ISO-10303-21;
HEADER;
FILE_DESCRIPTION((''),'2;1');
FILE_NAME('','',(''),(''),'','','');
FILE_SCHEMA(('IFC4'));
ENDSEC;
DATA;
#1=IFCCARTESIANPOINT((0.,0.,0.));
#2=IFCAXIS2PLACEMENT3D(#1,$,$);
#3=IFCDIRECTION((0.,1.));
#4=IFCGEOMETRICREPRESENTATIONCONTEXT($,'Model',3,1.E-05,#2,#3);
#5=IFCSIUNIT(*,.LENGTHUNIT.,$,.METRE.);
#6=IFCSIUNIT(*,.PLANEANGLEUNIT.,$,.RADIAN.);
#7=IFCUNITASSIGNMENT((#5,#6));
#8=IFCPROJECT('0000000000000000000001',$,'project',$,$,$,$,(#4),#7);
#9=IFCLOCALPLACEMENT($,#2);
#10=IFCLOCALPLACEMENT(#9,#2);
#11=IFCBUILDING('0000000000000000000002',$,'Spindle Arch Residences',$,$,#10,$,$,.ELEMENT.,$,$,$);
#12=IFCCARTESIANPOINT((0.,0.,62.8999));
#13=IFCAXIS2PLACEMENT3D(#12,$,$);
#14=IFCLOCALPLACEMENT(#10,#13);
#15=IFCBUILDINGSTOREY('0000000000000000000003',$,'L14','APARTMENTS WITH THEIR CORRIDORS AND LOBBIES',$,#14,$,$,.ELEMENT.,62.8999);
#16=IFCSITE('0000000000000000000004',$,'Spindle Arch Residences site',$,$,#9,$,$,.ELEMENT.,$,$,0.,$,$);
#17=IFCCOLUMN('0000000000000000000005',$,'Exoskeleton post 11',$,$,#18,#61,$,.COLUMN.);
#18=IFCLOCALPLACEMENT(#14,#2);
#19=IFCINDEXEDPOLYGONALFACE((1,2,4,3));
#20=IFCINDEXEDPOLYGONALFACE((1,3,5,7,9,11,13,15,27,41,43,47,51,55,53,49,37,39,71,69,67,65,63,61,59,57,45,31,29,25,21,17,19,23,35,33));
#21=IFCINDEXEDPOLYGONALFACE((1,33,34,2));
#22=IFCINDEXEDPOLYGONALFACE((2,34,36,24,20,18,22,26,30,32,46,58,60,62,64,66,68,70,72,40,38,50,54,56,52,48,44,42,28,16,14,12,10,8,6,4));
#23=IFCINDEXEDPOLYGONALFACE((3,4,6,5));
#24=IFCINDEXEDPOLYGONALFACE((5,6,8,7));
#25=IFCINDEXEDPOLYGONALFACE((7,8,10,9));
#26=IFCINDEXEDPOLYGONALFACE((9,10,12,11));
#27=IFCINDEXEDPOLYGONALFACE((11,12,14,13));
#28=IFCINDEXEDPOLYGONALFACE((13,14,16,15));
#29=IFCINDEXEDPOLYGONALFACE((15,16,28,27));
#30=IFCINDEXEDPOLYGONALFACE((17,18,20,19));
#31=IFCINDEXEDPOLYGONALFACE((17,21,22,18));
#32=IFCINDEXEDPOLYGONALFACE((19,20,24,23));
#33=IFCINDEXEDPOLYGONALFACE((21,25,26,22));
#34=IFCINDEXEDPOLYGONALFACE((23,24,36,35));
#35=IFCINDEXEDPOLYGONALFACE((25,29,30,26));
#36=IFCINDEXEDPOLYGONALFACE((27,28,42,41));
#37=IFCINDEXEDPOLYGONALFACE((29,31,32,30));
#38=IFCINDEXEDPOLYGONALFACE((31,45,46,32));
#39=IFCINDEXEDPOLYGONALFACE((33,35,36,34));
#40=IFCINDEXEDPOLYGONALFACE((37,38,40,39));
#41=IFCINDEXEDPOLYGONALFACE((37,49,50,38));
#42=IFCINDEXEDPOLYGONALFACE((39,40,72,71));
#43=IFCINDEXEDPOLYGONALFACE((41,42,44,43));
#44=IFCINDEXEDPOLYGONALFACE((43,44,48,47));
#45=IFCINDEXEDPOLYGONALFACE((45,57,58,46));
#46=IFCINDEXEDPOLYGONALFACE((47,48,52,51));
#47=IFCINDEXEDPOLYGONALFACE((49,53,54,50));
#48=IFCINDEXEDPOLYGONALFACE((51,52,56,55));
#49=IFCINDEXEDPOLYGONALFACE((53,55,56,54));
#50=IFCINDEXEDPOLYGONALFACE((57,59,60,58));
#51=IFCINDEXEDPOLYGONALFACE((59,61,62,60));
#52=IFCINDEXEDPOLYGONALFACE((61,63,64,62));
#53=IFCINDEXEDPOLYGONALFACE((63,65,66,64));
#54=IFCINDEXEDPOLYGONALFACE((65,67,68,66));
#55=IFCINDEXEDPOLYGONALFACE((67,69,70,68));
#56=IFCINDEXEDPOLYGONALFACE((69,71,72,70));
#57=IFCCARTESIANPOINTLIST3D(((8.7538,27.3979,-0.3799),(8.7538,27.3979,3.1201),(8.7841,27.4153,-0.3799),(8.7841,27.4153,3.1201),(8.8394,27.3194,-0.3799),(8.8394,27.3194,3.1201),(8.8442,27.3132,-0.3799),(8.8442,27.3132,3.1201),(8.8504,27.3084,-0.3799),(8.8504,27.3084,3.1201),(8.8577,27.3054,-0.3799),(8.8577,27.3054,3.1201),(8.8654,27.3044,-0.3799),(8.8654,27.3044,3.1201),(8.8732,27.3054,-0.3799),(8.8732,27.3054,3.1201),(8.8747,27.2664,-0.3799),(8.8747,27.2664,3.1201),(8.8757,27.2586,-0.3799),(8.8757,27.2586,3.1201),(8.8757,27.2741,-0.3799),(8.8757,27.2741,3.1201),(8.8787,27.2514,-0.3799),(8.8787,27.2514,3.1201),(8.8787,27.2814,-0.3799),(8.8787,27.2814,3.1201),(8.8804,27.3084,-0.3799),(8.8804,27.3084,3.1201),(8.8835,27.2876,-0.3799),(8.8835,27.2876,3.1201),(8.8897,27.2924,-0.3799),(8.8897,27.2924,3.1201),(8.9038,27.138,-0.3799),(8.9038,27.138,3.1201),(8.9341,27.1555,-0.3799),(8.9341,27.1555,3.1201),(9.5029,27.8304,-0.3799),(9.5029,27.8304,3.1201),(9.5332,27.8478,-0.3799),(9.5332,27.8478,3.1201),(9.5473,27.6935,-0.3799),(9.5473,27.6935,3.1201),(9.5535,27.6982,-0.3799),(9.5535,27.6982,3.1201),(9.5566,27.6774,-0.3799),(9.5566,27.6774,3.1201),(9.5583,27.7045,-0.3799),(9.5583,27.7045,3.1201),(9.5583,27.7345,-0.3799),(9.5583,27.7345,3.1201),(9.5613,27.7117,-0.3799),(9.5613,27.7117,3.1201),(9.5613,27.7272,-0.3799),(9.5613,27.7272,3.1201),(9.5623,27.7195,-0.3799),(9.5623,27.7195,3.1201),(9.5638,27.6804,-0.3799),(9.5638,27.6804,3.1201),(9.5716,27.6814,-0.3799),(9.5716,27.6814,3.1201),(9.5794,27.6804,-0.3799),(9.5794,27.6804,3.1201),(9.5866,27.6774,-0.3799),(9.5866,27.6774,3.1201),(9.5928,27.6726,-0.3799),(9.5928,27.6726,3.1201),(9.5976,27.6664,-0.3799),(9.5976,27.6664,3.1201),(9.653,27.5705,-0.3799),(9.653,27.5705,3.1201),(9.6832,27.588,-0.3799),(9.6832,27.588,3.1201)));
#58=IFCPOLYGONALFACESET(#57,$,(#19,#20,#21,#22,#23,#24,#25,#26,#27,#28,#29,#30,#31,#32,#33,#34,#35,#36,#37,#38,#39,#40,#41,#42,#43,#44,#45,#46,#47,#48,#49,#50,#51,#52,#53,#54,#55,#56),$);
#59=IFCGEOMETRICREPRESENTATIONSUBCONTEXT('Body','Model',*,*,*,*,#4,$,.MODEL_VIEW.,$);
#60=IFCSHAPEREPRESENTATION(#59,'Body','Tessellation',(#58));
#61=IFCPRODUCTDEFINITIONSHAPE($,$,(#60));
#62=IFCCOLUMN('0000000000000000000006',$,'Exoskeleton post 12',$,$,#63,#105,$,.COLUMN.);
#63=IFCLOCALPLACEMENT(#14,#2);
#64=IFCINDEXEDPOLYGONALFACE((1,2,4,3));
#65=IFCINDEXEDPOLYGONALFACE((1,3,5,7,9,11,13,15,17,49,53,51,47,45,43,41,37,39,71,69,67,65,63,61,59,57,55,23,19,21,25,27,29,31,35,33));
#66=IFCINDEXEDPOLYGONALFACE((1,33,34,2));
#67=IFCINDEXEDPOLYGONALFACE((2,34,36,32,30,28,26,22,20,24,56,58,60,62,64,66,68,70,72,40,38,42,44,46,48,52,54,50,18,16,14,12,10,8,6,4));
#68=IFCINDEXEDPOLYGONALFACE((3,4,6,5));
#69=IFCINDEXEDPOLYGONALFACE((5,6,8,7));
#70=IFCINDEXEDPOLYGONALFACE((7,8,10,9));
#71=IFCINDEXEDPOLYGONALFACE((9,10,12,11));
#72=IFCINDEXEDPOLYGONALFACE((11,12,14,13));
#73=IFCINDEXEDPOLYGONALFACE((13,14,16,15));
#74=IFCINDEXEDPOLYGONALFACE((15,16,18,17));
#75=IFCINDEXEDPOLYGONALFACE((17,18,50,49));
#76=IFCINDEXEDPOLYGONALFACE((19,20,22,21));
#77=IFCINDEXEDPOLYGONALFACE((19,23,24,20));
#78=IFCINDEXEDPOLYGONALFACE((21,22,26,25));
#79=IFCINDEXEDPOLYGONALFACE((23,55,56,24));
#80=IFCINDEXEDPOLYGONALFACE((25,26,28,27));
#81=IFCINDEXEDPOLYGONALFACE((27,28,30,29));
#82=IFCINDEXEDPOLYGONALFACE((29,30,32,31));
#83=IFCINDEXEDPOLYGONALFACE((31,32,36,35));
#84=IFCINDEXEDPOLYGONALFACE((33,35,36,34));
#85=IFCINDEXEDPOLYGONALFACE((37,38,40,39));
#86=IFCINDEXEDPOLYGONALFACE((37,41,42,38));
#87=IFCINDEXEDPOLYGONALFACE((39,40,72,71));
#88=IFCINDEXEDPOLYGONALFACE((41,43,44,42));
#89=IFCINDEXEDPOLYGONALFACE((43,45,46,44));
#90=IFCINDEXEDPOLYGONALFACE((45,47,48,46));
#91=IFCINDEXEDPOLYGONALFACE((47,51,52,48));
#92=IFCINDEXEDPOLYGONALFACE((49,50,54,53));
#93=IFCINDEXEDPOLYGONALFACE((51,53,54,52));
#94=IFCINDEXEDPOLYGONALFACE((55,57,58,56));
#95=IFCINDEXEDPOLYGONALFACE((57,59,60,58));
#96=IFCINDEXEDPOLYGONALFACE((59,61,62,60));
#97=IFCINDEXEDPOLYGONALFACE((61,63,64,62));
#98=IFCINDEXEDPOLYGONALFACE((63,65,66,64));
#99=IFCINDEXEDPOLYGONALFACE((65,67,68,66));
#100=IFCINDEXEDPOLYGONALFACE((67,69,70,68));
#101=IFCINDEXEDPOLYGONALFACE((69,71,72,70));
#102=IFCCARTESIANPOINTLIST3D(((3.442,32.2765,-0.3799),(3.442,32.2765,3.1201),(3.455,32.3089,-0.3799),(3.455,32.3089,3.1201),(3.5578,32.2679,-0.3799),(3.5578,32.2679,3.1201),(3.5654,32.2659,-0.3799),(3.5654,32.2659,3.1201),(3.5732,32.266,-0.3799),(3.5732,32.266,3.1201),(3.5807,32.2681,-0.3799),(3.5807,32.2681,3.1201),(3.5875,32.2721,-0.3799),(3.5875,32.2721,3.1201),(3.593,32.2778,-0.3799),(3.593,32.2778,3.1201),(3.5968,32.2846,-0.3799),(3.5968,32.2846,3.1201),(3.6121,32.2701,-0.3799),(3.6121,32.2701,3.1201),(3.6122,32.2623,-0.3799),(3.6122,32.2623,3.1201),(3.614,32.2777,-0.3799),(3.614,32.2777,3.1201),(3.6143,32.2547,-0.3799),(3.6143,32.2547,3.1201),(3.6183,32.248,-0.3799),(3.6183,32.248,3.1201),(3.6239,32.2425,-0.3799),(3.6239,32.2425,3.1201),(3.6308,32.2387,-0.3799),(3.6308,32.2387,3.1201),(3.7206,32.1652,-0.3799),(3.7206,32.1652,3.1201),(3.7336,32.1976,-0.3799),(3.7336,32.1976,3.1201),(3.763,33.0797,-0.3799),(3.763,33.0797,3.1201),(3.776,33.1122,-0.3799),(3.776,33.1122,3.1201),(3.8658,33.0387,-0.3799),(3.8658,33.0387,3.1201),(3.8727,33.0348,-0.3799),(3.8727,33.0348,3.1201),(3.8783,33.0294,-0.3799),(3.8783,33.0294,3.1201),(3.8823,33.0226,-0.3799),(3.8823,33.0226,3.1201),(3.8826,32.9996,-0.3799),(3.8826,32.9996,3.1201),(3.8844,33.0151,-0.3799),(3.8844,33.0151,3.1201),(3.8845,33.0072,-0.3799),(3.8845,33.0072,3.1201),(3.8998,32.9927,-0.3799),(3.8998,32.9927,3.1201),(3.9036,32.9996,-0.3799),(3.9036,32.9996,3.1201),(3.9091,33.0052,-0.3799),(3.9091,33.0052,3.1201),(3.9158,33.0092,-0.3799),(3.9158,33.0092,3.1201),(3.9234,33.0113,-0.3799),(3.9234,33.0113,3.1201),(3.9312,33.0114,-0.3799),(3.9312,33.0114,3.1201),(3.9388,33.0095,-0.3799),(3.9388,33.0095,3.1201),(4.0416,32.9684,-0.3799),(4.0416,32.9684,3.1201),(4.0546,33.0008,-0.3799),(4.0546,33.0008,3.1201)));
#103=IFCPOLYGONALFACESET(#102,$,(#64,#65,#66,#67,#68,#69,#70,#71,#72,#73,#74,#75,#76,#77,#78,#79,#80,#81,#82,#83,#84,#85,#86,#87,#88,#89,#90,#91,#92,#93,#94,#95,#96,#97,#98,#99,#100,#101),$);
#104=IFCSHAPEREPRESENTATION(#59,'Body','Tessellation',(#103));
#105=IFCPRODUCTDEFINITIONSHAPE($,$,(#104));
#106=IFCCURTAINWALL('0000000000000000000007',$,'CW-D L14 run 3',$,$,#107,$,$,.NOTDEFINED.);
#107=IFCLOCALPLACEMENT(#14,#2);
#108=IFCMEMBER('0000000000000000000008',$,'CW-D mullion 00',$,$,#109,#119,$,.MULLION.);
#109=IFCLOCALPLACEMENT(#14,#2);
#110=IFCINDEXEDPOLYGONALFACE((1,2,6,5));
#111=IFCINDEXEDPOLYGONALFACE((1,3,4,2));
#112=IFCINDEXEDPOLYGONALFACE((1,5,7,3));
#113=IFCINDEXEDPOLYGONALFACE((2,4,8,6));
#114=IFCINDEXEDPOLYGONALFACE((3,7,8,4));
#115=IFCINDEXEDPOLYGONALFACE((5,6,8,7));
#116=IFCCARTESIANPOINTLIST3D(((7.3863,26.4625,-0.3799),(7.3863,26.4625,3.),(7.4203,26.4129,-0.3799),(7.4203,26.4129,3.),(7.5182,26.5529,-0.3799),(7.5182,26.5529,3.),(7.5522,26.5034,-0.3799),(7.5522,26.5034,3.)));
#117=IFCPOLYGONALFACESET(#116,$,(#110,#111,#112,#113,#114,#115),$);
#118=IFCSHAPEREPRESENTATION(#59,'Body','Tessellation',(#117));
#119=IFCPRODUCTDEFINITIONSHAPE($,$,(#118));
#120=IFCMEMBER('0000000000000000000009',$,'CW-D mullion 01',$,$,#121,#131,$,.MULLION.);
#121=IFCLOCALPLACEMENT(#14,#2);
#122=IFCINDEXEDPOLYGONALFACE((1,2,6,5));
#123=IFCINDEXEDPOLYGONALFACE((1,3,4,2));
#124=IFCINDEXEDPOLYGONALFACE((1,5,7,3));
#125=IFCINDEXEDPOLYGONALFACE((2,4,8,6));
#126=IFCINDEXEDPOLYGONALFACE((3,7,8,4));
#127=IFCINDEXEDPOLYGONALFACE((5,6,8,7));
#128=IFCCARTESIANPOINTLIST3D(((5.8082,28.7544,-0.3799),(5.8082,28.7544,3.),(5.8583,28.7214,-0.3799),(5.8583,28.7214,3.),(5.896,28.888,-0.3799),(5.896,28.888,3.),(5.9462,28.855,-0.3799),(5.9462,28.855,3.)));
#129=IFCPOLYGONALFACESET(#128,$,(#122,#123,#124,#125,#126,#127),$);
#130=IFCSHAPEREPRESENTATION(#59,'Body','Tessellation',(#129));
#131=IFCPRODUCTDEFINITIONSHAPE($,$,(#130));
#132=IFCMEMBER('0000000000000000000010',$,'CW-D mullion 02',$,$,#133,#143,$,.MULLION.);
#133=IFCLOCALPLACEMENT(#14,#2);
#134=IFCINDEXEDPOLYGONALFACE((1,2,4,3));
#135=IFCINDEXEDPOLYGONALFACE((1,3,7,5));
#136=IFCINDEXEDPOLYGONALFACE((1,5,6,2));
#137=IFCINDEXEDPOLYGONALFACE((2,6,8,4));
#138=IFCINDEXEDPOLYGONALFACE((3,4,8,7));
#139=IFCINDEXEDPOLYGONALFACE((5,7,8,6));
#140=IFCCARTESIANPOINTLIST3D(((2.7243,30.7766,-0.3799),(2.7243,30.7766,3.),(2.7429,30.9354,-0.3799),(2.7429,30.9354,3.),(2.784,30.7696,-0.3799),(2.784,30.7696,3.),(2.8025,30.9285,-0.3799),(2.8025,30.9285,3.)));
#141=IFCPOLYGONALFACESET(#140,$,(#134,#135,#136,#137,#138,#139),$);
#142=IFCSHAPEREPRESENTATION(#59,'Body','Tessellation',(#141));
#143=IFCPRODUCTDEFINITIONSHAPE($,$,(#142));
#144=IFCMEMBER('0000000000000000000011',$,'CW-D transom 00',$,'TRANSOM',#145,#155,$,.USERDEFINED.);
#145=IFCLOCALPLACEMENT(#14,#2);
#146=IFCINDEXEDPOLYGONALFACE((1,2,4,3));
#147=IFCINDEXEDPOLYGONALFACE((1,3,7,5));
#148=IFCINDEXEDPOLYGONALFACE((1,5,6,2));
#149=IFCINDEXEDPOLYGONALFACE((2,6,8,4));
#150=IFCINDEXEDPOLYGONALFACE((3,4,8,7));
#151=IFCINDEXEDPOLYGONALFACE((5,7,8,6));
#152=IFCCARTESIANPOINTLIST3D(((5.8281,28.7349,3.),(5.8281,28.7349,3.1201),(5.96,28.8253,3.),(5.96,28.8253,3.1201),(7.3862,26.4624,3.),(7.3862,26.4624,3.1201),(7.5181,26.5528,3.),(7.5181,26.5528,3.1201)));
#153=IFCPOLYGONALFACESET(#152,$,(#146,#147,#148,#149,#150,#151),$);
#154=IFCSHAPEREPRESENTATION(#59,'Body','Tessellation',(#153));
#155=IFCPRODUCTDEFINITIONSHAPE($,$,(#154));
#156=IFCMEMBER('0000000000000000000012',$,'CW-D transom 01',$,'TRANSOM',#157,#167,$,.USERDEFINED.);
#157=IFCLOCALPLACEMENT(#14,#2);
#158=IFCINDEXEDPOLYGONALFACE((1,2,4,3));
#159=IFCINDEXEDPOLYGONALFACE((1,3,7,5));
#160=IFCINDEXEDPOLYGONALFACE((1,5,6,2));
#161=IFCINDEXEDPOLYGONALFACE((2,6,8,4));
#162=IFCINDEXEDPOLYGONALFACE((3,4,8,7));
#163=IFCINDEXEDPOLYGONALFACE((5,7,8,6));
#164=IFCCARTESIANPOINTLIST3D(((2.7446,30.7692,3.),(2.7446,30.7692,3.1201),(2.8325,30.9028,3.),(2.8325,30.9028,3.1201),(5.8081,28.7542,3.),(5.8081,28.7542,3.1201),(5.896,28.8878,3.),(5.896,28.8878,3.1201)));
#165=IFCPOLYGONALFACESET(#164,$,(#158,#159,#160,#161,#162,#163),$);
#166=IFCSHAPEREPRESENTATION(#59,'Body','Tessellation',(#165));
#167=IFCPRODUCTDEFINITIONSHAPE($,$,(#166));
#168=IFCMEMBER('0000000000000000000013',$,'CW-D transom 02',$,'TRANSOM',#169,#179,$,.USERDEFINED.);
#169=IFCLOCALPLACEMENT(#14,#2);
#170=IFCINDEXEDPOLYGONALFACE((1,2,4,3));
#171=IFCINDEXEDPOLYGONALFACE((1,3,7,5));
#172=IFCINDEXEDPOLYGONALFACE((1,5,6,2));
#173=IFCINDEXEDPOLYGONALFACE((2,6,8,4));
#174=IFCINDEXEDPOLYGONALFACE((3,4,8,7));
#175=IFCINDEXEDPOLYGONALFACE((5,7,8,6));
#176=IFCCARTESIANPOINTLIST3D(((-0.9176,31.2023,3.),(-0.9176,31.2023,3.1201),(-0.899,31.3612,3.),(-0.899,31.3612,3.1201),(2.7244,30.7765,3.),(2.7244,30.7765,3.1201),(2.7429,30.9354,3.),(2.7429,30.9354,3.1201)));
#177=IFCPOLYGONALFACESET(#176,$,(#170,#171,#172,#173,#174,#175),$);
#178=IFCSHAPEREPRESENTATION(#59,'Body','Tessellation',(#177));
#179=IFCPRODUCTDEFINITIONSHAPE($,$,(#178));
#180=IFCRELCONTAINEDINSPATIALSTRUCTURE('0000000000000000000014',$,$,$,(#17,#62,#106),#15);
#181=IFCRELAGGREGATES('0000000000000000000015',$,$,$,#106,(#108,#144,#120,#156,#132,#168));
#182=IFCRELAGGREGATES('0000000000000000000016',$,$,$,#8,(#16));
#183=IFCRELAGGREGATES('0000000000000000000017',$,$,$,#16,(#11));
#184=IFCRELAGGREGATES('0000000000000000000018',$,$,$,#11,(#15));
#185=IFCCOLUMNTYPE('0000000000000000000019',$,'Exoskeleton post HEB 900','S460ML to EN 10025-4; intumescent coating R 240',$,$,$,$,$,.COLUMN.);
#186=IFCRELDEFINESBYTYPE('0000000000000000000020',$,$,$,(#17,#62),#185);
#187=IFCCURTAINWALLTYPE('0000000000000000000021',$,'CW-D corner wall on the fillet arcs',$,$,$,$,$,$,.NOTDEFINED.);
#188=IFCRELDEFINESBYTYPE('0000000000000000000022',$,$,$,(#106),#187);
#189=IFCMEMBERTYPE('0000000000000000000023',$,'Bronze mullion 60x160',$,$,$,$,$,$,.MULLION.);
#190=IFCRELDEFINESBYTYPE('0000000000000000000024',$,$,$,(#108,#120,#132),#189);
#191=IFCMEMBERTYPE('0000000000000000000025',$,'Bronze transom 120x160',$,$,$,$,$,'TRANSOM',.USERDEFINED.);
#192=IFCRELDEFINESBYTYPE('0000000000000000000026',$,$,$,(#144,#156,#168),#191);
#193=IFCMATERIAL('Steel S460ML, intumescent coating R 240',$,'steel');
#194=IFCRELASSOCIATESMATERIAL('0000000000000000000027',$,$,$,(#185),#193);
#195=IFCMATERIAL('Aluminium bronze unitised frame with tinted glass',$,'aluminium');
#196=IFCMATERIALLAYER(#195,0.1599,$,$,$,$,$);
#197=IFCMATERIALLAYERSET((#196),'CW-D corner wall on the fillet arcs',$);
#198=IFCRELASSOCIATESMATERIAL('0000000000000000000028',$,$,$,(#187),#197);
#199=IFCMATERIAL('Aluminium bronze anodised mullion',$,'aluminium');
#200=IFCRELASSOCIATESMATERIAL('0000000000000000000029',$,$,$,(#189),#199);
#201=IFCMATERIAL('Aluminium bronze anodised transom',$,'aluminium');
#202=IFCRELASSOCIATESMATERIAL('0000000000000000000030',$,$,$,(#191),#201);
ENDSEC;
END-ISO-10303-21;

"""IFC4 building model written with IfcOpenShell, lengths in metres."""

from ifc_helpers import new_model, si_unit, direction, frame, origin, origin_2d, place, context, subcontext, project, spatial, rectangle, i_section, extrude, material, layer, layer_set, material_profile, profile_set, type_object, element, aggregate, save


model = new_model("IFC4")

# Units and contexts
model_context = context("Model", 3, precision=1e-05, world=origin(), true_north=direction((0.0, 1.0)))
body_context = subcontext(model_context, "Body", "Model", "MODEL_VIEW")
ifc_project = project(units=[si_unit("LENGTHUNIT", "METRE"), si_unit("PLANEANGLEUNIT", "RADIAN")], contexts=[model_context])

# Site, building, storey
site_placement = place(None, origin())
site = spatial("IfcSite", under=ifc_project, at=site_placement, Name="Spindle Arch Residences site", CompositionType="ELEMENT", RefElevation=0.0)
building_placement = place(site_placement, origin())
building = spatial("IfcBuilding", under=site, at=building_placement, Name="Spindle Arch Residences", CompositionType="ELEMENT")
storey_placement = place(building_placement, frame((0.0, 0.0, 62.8999)))
storey = spatial("IfcBuildingStorey", under=building, at=storey_placement, Name="L14", Description="APARTMENTS WITH THEIR CORRIDORS AND LOBBIES", CompositionType="ELEMENT", Elevation=62.8999)

# Columns
ifc_material_1 = material(Name="Steel S460ML, intumescent coating R 240", Category="steel")
ifc_material_profile_1 = material_profile(ifc_material_1, i_section(OverallWidth=0.3, OverallDepth=0.8999, WebThickness=0.0186, FlangeThickness=0.0349, FilletRadius=0.03, at=origin_2d()), Name="HEB 900")
ifc_profile_set_1 = profile_set([ifc_material_profile_1], Name="Steel S460ML, intumescent coating R 240")
column_type = type_object("IfcColumnType", Name="Exoskeleton post HEB 900", Description="S460ML to EN 10025-4; intumescent coating R 240", PredefinedType="COLUMN", material=ifc_profile_set_1)
for number, where, z_axis, x_axis, name in (
    (1, (9.2185, 27.4929, -0.3799), (0.0, 0.0, 1.0), (0.5, -0.866025, 0.0), "Exoskeleton post 11"),
    (2, (3.7483, 32.6387, -0.3799), (0.0, 0.0, 1.0), (0.92859, -0.371108, 0.0), "Exoskeleton post 12"),
):
    element("IfcColumn", number, at=place(storey_placement, frame(where, z_axis=z_axis, x_axis=x_axis)), inside=storey, type_object=column_type, Name=name, PredefinedType="COLUMN", context=body_context, shape_type="SweptSolid", body=[
        extrude(i_section(OverallWidth=0.3, OverallDepth=0.8999, WebThickness=0.0186, FlangeThickness=0.0349, FilletRadius=0.03, at=origin_2d()), origin(), (0.0, 0.0, 1.0), 3.5),
    ])

# Curtain wall, members
ifc_material_2 = material(Name="Aluminium bronze unitised frame with tinted glass", Category="aluminium")
ifc_layer_1 = layer(ifc_material_2, 0.1599)
ifc_layer_set_1 = layer_set([ifc_layer_1], Name="CW-D corner wall on the fillet arcs")
curtain_wall_type_1 = type_object("IfcCurtainWallType", Name="CW-D corner wall on the fillet arcs", PredefinedType="NOTDEFINED", material=ifc_layer_set_1)
curtain_wall_1_placement = place(storey_placement, origin())
curtain_wall_1 = element("IfcCurtainWall", 3, at=curtain_wall_1_placement, inside=storey, type_object=curtain_wall_type_1, Name="CW-D L14 run 3", PredefinedType="NOTDEFINED")
ifc_material_3 = material(Name="Aluminium bronze anodised mullion", Category="aluminium")
ifc_material_profile_2 = material_profile(ifc_material_3, rectangle(XDim=0.1599, YDim=0.0601, at=origin_2d()), Name="MU 60x160")
ifc_profile_set_2 = profile_set([ifc_material_profile_2], Name="Aluminium bronze anodised mullion")
member_type_1 = type_object("IfcMemberType", Name="Bronze mullion 60x160", PredefinedType="MULLION", material=ifc_profile_set_2)
member_1_placement = place(storey_placement, frame((7.4692, 26.4829, -0.3799), z_axis=(0.0, 0.0, 1.0), x_axis=(-0.824748, -0.565501, 0.0)))
member_1 = element("IfcMember", 4, at=member_1_placement, type_object=member_type_1, Name="CW-D mullion 00", PredefinedType="MULLION", context=body_context, shape_type="SweptSolid", body=[
    extrude(rectangle(XDim=0.1599, YDim=0.0601, at=origin_2d()), origin(), (0.0, 0.0, 1.0), 3.3799),
])
member_2_placement = place(storey_placement, frame((5.8772, 28.8047, -0.3799), z_axis=(0.0, 0.0, 1.0), x_axis=(-0.549509, -0.835488, 0.0)))
member_2 = element("IfcMember", 5, at=member_2_placement, type_object=member_type_1, Name="CW-D mullion 01", PredefinedType="MULLION", context=body_context, shape_type="SweptSolid", body=[
    extrude(rectangle(XDim=0.1599, YDim=0.0601, at=origin_2d()), origin(), (0.0, 0.0, 1.0), 3.3799),
])
member_3_placement = place(storey_placement, frame((2.7634, 30.8525, -0.3799), z_axis=(0.0, 0.0, 1.0), x_axis=(-0.116093, -0.993238, 0.0)))
member_3 = element("IfcMember", 6, at=member_3_placement, type_object=member_type_1, Name="CW-D mullion 02", PredefinedType="MULLION", context=body_context, shape_type="SweptSolid", body=[
    extrude(rectangle(XDim=0.1599, YDim=0.0601, at=origin_2d()), origin(), (0.0, 0.0, 1.0), 3.3799),
])
ifc_material_4 = material(Name="Aluminium bronze anodised transom", Category="aluminium")
ifc_material_profile_3 = material_profile(ifc_material_4, rectangle(XDim=0.1599, YDim=0.1201, at=origin_2d()), Name="TR 120x160")
ifc_profile_set_3 = profile_set([ifc_material_profile_3], Name="Aluminium bronze anodised transom")
member_type_2 = type_object("IfcMemberType", Name="Bronze transom 120x160", ElementType="TRANSOM", PredefinedType="USERDEFINED", material=ifc_profile_set_3)
member_4_placement = place(storey_placement, frame((7.4521, 26.5076, 3.0601), z_axis=(-0.56549, 0.824755, 0.0), x_axis=(-0.824755, -0.56549, 0.0)))
member_4 = element("IfcMember", 7, at=member_4_placement, type_object=member_type_2, Name="CW-D transom 00", ObjectType="TRANSOM", PredefinedType="USERDEFINED", context=body_context, shape_type="SweptSolid", body=[
    extrude(rectangle(XDim=0.1599, YDim=0.1201, at=origin_2d()), origin(), (0.0, 0.0, 1.0), 2.7554),
])
member_5_placement = place(storey_placement, frame((5.8521, 28.821, 3.0601), z_axis=(-0.835486, 0.549511, 0.0), x_axis=(-0.549511, -0.835486, 0.0)))
member_5 = element("IfcMember", 8, at=member_5_placement, type_object=member_type_2, Name="CW-D transom 01", ObjectType="TRANSOM", PredefinedType="USERDEFINED", context=body_context, shape_type="SweptSolid", body=[
    extrude(rectangle(XDim=0.1599, YDim=0.1201, at=origin_2d()), origin(), (0.0, 0.0, 1.0), 3.6667),
])
member_6_placement = place(storey_placement, frame((2.7336, 30.856, 3.0601), z_axis=(-0.993235, 0.116123, 0.0), x_axis=(-0.116123, -0.993235, 0.0)))
member_6 = element("IfcMember", 9, at=member_6_placement, type_object=member_type_2, Name="CW-D transom 02", ObjectType="TRANSOM", PredefinedType="USERDEFINED", context=body_context, shape_type="SweptSolid", body=[
    extrude(rectangle(XDim=0.1599, YDim=0.1201, at=origin_2d()), origin(), (0.0, 0.0, 1.0), 3.6667),
])

aggregate(curtain_wall_1, [member_1, member_4, member_2, member_5, member_3, member_6])

save(model, "model.ifc")
